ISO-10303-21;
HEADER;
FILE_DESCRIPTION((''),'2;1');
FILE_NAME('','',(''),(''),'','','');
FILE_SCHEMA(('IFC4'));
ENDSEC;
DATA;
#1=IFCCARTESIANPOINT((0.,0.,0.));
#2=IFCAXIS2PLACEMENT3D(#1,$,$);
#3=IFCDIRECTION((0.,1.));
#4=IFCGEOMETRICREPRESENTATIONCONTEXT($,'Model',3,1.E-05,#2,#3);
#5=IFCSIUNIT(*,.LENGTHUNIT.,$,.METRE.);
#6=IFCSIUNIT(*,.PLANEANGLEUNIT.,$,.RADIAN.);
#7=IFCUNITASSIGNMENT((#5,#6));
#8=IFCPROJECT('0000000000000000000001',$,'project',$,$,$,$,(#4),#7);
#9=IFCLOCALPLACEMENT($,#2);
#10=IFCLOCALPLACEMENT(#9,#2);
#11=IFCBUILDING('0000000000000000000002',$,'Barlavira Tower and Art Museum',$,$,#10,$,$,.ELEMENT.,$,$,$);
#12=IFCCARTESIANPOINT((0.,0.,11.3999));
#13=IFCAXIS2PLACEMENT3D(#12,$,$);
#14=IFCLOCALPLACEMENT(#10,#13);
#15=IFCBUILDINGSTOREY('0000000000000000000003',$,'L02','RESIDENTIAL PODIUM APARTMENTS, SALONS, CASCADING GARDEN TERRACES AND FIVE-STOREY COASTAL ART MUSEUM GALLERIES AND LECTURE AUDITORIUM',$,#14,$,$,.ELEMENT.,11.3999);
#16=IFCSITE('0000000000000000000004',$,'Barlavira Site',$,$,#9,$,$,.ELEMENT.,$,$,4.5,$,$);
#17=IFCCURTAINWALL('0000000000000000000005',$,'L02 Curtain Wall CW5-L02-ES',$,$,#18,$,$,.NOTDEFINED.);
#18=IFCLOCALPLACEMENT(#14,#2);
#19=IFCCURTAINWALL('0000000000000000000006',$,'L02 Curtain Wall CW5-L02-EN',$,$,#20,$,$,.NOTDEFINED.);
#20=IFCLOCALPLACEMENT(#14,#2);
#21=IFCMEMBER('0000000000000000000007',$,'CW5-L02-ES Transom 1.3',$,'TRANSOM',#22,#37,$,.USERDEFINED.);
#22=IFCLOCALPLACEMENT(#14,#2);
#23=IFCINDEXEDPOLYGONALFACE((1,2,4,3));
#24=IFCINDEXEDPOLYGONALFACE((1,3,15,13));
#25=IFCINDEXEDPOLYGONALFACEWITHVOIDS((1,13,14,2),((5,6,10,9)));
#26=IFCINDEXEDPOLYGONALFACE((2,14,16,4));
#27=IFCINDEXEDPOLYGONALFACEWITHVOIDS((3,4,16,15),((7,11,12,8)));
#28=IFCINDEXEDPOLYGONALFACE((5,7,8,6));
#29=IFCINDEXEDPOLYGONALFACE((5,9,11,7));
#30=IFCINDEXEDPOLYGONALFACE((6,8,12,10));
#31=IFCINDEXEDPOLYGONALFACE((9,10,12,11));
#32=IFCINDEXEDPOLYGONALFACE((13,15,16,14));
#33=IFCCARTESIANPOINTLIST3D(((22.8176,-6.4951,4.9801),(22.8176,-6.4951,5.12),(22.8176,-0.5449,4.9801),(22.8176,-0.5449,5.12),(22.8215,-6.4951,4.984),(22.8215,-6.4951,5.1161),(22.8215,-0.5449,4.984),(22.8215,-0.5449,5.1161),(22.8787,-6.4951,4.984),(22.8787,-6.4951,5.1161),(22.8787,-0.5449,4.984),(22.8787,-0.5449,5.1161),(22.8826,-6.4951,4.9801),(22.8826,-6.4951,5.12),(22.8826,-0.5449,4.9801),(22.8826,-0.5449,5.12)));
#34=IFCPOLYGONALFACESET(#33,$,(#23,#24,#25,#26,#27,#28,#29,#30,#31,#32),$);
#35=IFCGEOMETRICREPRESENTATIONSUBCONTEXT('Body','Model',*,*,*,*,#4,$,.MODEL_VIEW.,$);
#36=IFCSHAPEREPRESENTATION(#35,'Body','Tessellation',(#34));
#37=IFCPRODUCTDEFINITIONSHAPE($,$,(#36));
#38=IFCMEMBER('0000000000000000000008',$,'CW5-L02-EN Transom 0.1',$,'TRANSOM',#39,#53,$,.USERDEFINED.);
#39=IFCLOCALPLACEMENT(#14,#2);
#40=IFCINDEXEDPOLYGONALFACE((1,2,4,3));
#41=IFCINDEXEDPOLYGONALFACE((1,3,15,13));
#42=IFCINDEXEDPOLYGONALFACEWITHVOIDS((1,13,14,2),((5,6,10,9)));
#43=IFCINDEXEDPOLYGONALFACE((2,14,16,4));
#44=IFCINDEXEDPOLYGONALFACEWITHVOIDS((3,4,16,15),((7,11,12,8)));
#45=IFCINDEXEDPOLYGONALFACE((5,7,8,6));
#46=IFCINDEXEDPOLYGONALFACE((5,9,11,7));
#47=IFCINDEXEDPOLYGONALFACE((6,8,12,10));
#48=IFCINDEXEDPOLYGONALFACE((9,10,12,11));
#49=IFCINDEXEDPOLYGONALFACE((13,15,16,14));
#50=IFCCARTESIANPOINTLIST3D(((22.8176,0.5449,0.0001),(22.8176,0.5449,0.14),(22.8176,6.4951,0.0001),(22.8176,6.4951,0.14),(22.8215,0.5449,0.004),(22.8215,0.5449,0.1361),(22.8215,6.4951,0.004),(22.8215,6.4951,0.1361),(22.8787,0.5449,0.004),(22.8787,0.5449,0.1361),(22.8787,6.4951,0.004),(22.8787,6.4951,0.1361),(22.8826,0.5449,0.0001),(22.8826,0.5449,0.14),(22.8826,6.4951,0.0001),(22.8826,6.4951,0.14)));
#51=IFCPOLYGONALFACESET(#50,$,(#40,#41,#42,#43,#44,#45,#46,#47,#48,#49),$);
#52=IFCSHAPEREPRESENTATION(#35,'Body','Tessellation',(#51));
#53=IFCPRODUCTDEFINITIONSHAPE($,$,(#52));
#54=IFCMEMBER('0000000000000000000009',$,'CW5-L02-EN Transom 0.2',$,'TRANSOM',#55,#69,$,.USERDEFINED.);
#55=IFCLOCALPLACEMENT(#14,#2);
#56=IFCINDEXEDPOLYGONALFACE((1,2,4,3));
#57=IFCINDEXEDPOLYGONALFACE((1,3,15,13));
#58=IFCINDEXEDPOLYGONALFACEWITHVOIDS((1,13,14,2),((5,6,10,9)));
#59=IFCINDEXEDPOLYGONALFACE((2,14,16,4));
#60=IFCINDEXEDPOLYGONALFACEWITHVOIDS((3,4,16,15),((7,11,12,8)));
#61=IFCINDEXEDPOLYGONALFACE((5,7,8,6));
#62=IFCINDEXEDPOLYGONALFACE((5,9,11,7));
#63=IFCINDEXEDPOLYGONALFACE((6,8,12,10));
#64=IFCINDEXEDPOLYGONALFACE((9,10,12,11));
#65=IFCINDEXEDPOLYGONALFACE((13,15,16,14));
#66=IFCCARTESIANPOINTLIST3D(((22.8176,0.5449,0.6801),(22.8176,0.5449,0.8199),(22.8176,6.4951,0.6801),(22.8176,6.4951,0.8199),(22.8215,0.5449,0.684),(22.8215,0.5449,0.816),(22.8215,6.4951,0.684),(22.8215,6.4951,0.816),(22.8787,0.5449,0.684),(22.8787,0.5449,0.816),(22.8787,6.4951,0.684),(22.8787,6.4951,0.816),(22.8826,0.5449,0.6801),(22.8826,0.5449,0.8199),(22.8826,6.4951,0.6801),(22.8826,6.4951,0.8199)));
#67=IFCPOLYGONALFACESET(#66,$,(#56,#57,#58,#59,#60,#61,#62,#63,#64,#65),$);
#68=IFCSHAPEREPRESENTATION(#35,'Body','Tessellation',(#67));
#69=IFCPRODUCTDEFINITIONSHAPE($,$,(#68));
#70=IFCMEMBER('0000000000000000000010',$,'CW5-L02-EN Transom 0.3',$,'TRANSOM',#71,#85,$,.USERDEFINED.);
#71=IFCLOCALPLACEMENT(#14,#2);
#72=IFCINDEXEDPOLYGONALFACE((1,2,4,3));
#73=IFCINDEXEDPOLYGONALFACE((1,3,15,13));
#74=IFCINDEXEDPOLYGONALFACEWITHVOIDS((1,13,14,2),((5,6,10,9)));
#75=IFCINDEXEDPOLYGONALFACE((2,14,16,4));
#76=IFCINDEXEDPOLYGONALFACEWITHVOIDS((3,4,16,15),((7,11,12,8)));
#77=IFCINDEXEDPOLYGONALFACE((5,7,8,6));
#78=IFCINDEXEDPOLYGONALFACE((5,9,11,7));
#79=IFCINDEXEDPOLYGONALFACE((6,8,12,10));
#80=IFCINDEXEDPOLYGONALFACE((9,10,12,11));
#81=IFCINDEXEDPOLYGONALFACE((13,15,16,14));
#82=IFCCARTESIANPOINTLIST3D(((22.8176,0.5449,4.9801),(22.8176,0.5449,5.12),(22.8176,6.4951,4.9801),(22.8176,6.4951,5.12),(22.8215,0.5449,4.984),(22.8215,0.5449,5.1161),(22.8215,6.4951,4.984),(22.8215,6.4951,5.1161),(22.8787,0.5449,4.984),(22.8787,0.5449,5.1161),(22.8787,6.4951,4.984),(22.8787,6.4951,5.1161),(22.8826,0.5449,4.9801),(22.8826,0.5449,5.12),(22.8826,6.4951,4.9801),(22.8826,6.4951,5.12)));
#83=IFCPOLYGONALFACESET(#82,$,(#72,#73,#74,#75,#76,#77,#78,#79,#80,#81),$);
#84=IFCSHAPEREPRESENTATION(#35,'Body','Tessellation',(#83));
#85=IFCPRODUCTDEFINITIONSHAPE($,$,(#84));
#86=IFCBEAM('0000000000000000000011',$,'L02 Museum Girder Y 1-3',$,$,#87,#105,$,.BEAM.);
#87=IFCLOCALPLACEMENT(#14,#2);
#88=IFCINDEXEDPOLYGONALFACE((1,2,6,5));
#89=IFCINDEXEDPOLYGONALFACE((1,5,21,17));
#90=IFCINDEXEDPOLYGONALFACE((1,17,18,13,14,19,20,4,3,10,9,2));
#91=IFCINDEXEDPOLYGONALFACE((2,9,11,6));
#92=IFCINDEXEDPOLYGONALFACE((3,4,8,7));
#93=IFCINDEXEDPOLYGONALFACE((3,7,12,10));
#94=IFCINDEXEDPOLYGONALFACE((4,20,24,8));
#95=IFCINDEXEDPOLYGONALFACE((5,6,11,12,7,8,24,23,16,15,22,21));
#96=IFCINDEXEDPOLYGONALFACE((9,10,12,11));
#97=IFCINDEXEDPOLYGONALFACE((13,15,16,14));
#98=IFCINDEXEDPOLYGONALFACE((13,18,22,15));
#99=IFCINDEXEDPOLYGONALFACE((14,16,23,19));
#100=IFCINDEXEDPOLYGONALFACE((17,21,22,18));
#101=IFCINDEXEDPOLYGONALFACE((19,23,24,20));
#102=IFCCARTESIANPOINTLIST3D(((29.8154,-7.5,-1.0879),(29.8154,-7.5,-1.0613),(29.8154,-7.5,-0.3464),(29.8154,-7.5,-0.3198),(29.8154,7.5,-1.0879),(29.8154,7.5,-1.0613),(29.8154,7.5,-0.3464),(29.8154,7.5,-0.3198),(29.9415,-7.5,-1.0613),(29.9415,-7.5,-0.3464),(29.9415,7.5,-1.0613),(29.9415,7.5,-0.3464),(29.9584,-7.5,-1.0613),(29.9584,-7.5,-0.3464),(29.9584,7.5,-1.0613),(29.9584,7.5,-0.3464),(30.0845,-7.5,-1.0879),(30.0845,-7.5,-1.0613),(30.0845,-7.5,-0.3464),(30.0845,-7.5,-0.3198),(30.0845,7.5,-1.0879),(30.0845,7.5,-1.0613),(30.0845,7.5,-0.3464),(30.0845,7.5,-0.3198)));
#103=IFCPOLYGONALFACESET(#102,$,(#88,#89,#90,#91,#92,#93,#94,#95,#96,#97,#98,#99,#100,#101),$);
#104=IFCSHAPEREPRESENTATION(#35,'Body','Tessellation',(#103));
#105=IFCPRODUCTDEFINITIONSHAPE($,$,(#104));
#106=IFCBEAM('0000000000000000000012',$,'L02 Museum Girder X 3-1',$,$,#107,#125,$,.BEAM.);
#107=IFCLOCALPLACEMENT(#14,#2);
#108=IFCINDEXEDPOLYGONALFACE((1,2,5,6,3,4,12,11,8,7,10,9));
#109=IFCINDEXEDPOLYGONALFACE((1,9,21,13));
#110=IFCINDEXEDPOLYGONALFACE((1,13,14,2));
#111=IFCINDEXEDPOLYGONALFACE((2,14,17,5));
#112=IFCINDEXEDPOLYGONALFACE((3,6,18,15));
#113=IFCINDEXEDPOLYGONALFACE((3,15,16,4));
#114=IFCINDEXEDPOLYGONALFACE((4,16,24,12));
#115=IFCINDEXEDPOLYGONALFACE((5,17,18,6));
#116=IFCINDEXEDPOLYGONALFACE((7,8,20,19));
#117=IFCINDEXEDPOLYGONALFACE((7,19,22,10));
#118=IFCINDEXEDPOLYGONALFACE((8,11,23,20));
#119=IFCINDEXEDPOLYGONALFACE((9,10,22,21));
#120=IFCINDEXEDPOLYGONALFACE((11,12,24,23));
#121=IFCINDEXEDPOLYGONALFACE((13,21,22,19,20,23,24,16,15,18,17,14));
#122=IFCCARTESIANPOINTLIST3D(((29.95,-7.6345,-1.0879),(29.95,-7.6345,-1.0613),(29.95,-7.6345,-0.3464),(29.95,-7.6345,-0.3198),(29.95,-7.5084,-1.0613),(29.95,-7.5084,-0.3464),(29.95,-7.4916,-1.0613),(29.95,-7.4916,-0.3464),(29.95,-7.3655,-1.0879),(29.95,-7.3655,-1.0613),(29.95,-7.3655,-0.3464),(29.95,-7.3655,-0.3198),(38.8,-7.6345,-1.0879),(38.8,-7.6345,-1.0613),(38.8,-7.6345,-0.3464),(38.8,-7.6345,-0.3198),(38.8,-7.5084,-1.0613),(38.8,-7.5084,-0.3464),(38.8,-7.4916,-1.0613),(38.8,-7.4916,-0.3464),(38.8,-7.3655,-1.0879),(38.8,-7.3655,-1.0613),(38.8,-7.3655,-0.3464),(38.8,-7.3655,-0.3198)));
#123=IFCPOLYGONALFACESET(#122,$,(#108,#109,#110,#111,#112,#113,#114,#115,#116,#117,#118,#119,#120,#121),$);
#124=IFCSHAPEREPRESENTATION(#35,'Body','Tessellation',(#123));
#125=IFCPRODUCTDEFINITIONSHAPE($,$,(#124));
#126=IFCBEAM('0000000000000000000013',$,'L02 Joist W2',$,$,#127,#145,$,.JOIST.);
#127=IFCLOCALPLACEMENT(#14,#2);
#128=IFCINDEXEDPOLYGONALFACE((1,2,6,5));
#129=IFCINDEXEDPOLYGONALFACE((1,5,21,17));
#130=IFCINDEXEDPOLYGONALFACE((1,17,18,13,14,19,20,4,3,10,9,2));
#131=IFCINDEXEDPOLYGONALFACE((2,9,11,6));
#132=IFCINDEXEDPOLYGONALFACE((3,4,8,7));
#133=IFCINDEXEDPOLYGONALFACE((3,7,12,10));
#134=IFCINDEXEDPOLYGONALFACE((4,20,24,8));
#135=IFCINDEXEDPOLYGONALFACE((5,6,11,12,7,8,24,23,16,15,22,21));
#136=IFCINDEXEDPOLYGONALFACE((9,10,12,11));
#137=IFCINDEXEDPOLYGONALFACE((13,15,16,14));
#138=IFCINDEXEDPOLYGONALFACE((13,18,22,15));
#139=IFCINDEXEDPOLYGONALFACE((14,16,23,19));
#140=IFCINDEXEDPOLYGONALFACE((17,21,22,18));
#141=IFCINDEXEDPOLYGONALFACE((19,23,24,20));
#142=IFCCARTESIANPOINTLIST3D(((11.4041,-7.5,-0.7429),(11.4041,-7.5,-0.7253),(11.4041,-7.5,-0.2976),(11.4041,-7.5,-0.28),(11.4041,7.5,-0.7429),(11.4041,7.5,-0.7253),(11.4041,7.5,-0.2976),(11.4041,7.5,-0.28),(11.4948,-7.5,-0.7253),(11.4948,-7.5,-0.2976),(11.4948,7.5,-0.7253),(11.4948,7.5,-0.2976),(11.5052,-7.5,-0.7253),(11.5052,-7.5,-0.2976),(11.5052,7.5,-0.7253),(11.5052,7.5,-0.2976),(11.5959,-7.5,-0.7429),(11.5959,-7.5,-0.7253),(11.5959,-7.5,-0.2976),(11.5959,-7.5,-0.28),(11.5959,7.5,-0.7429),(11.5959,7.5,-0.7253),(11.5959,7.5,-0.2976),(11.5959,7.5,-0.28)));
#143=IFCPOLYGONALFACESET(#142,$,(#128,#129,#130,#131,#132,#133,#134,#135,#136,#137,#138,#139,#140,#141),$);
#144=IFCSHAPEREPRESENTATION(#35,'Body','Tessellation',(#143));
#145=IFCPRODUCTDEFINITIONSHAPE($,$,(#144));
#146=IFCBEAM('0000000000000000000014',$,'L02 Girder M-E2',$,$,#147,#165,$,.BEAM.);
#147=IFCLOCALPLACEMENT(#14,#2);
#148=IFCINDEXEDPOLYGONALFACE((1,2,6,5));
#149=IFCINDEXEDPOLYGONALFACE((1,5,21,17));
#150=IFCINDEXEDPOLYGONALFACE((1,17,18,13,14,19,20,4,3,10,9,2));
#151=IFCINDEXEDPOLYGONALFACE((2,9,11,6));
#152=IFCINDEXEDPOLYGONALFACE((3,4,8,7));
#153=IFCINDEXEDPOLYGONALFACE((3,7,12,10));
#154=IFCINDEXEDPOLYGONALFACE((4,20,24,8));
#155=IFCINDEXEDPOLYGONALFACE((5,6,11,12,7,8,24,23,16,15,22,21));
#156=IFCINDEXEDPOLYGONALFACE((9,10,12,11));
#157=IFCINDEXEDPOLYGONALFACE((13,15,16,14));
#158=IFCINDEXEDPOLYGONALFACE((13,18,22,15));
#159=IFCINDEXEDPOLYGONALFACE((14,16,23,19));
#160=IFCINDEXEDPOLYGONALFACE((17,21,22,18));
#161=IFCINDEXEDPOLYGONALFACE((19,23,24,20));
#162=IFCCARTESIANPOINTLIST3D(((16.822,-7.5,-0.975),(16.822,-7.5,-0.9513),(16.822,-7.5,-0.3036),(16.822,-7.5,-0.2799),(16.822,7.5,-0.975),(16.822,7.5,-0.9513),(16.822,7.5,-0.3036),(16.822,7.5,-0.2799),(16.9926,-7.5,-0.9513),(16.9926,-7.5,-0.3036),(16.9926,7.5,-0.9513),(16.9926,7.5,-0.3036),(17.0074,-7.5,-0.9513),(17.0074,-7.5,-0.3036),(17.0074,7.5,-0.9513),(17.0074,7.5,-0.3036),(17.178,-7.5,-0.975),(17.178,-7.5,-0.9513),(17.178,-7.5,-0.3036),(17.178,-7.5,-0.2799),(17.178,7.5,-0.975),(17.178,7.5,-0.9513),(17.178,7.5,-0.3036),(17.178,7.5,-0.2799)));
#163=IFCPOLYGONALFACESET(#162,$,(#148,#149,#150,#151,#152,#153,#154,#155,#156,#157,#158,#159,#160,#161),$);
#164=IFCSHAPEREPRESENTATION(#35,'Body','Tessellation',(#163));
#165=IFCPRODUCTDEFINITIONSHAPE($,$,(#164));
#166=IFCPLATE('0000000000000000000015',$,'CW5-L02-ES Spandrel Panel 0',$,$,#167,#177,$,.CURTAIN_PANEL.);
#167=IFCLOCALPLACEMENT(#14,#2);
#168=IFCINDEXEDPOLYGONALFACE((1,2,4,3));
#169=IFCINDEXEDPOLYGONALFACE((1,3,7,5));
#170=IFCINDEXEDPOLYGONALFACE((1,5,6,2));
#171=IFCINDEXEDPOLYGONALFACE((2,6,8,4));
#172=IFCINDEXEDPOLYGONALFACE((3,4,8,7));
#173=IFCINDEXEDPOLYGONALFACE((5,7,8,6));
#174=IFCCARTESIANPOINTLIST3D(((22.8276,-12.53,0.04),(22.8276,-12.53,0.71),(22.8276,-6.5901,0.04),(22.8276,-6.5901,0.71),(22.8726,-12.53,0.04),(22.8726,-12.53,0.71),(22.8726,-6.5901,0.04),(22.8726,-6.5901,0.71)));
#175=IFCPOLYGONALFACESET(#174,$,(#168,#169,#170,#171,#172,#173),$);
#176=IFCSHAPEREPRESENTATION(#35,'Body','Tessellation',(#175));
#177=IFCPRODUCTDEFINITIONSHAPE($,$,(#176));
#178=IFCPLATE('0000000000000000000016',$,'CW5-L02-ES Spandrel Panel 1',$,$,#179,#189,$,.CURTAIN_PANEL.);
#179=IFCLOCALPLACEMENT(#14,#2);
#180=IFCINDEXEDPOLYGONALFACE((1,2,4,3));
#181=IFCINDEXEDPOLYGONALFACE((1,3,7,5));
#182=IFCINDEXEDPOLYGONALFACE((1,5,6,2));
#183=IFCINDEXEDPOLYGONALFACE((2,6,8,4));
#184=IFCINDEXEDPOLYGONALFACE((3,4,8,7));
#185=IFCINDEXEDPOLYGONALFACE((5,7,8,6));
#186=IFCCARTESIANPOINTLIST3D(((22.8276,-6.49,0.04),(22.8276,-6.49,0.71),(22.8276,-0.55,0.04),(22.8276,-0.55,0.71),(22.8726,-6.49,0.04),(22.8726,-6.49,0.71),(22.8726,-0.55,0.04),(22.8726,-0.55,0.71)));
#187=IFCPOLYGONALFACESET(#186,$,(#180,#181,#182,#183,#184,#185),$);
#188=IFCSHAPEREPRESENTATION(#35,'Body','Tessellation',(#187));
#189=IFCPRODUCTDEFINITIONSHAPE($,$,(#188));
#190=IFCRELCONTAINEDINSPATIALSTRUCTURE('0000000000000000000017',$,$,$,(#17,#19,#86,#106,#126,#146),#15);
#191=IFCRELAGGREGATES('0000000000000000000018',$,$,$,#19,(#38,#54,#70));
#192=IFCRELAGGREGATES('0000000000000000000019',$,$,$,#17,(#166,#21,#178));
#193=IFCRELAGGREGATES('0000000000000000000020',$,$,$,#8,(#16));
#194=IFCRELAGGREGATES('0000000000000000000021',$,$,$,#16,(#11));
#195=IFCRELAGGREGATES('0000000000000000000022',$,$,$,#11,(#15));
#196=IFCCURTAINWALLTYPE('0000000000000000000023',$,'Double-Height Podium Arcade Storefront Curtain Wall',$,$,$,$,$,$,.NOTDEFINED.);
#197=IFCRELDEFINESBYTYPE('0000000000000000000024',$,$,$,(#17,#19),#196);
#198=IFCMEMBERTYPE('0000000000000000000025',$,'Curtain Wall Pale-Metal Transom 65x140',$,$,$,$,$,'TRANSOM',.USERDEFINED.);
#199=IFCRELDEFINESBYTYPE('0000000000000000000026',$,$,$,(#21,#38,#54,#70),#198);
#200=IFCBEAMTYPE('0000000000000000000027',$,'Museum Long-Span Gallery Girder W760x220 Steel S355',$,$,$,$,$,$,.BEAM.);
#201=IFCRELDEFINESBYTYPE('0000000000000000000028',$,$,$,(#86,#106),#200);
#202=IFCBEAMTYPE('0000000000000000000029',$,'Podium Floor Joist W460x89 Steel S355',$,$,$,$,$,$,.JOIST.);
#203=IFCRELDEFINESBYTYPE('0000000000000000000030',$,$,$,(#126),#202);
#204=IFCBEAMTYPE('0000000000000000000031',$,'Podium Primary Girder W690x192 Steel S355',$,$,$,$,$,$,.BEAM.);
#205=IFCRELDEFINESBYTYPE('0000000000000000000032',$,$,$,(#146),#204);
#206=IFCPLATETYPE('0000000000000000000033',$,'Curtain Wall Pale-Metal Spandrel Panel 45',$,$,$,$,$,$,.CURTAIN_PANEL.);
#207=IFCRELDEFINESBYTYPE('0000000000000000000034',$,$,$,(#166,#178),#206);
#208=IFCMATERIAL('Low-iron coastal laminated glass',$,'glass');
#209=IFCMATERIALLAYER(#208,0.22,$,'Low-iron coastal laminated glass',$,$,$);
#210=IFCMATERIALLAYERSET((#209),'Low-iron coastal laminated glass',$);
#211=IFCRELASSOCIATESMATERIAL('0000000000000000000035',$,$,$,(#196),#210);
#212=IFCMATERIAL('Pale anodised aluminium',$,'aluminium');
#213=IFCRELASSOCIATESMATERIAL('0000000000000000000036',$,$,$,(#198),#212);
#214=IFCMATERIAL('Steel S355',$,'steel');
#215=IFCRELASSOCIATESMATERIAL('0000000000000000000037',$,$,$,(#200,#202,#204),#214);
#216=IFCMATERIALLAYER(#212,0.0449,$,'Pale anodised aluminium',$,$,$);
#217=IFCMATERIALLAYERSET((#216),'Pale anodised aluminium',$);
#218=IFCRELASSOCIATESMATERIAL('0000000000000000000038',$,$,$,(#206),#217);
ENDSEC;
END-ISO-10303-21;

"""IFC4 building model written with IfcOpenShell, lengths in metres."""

from ifc_helpers import new_model, si_unit, direction, frame, origin, origin_2d, place, context, subcontext, project, spatial, rectangle, hollow_rectangle, i_section, extrude, material, layer, layer_set, material_profile, profile_set, type_object, element, aggregate, save


model = new_model("IFC4")

# Units and contexts
model_context = context("Model", 3, precision=1e-05, world=origin(), true_north=direction((0.0, 1.0)))
body_context = subcontext(model_context, "Body", "Model", "MODEL_VIEW")
ifc_project = project(units=[si_unit("LENGTHUNIT", "METRE"), si_unit("PLANEANGLEUNIT", "RADIAN")], contexts=[model_context])

# Site, building, storey
site_placement = place(None, origin())
site = spatial("IfcSite", under=ifc_project, at=site_placement, Name="Barlavira Site", CompositionType="ELEMENT", RefElevation=4.5)
building_placement = place(site_placement, origin())
building = spatial("IfcBuilding", under=site, at=building_placement, Name="Barlavira Tower and Art Museum", CompositionType="ELEMENT")
storey_placement = place(building_placement, frame((0.0, 0.0, 11.3999)))
storey = spatial("IfcBuildingStorey", under=building, at=storey_placement, Name="L02", Description="RESIDENTIAL PODIUM APARTMENTS, SALONS, CASCADING GARDEN TERRACES AND FIVE-STOREY COASTAL ART MUSEUM GALLERIES AND LECTURE AUDITORIUM", CompositionType="ELEMENT", Elevation=11.3999)

# Shared definitions
ifc_material_1 = material(Name="Steel S355", Category="steel")

# Curtain wall
ifc_material_2 = material(Name="Low-iron coastal laminated glass", Category="glass")
ifc_layer_1 = layer(ifc_material_2, 0.22, Name="Low-iron coastal laminated glass")
ifc_layer_set_1 = layer_set([ifc_layer_1], Name="Low-iron coastal laminated glass")
curtain_wall_type = type_object("IfcCurtainWallType", Name="Double-Height Podium Arcade Storefront Curtain Wall", PredefinedType="NOTDEFINED", material=ifc_layer_set_1)
curtain_wall_1_placement = place(storey_placement, origin())
curtain_wall_1 = element("IfcCurtainWall", 1, at=curtain_wall_1_placement, inside=storey, type_object=curtain_wall_type, Name="L02 Curtain Wall CW5-L02-ES", PredefinedType="NOTDEFINED")
ifc_material_3 = material(Name="Pale anodised aluminium", Category="aluminium")

# Curtain wall
curtain_wall_2_placement = place(storey_placement, origin())
curtain_wall_2 = element("IfcCurtainWall", 2, at=curtain_wall_2_placement, inside=storey, type_object=curtain_wall_type, Name="L02 Curtain Wall CW5-L02-EN", PredefinedType="NOTDEFINED")

# Members
ifc_material_profile_1 = material_profile(ifc_material_3, hollow_rectangle(XDim=0.0649, YDim=0.1399, WallThickness=0.0039, at=origin_2d()), Name="ALU-TRAN 65x140x4")
ifc_profile_set_1 = profile_set([ifc_material_profile_1], Name="Pale anodised aluminium")
member_type_1 = type_object("IfcMemberType", Name="Curtain Wall Pale-Metal Transom 65x140", ElementType="TRANSOM", PredefinedType="USERDEFINED", material=ifc_profile_set_1)
member_1_placement = place(storey_placement, frame((22.8501, -6.4951, 5.05), z_axis=(0.0, 1.0, 0.0), x_axis=(-1.0, 0.0, 0.0)))
member_1 = element("IfcMember", 3, at=member_1_placement, type_object=member_type_1, Name="CW5-L02-ES Transom 1.3", ObjectType="TRANSOM", PredefinedType="USERDEFINED", context=body_context, shape_type="SweptSolid", body=[
    extrude(hollow_rectangle(XDim=0.0649, YDim=0.1399, WallThickness=0.0039, at=origin_2d()), origin(), (0.0, 0.0, 1.0), 5.9502),
])
member_2_placement = place(storey_placement, frame((22.8501, 0.5449, 0.0701), z_axis=(0.0, 1.0, 0.0), x_axis=(-1.0, 0.0, 0.0)))
member_2 = element("IfcMember", 4, at=member_2_placement, type_object=member_type_1, Name="CW5-L02-EN Transom 0.1", ObjectType="TRANSOM", PredefinedType="USERDEFINED", context=body_context, shape_type="SweptSolid", body=[
    extrude(hollow_rectangle(XDim=0.0649, YDim=0.1399, WallThickness=0.0039, at=origin_2d()), origin(), (0.0, 0.0, 1.0), 5.9502),
])
member_3_placement = place(storey_placement, frame((22.8501, 0.5449, 0.75), z_axis=(0.0, 1.0, 0.0), x_axis=(-1.0, 0.0, 0.0)))
member_3 = element("IfcMember", 5, at=member_3_placement, type_object=member_type_1, Name="CW5-L02-EN Transom 0.2", ObjectType="TRANSOM", PredefinedType="USERDEFINED", context=body_context, shape_type="SweptSolid", body=[
    extrude(hollow_rectangle(XDim=0.0649, YDim=0.1399, WallThickness=0.0039, at=origin_2d()), origin(), (0.0, 0.0, 1.0), 5.9502),
])
member_4_placement = place(storey_placement, frame((22.8501, 0.5449, 5.05), z_axis=(0.0, 1.0, 0.0), x_axis=(-1.0, 0.0, 0.0)))
member_4 = element("IfcMember", 6, at=member_4_placement, type_object=member_type_1, Name="CW5-L02-EN Transom 0.3", ObjectType="TRANSOM", PredefinedType="USERDEFINED", context=body_context, shape_type="SweptSolid", body=[
    extrude(hollow_rectangle(XDim=0.0649, YDim=0.1399, WallThickness=0.0039, at=origin_2d()), origin(), (0.0, 0.0, 1.0), 5.9502),
])
aggregate(curtain_wall_2, [member_2, member_3, member_4])

# Beams
ifc_material_profile_2 = material_profile(ifc_material_1, i_section(OverallWidth=0.269, OverallDepth=0.7681, WebThickness=0.0168, FlangeThickness=0.0266, at=origin_2d()), Name="W760x220.0")
ifc_profile_set_2 = profile_set([ifc_material_profile_2], Name="Steel S355")
beam_type_1 = type_object("IfcBeamType", Name="Museum Long-Span Gallery Girder W760x220 Steel S355", PredefinedType="BEAM", material=ifc_profile_set_2)
beam_1_placement = place(storey_placement, frame((29.95, -7.5, -0.7039), z_axis=(0.0, 1.0, 0.0), x_axis=(-1.0, 0.0, 0.0)))
element("IfcBeam", 7, at=beam_1_placement, inside=storey, type_object=beam_type_1, Name="L02 Museum Girder Y 1-3", PredefinedType="BEAM", context=body_context, shape_type="SweptSolid", body=[
    extrude(i_section(OverallWidth=0.269, OverallDepth=0.7681, WebThickness=0.0168, FlangeThickness=0.0266, at=origin_2d()), origin(), (0.0, 0.0, 1.0), 15.0),
])
beam_2_placement = place(storey_placement, frame((29.95, -7.5, -0.7039), z_axis=(1.0, 0.0, 0.0), x_axis=(0.0, 1.0, 0.0)))
element("IfcBeam", 8, at=beam_2_placement, inside=storey, type_object=beam_type_1, Name="L02 Museum Girder X 3-1", PredefinedType="BEAM", context=body_context, shape_type="SweptSolid", body=[
    extrude(i_section(OverallWidth=0.269, OverallDepth=0.7681, WebThickness=0.0168, FlangeThickness=0.0266, at=origin_2d()), origin(), (0.0, 0.0, 1.0), 8.8501),
])
ifc_material_profile_3 = material_profile(ifc_material_1, i_section(OverallWidth=0.1919, OverallDepth=0.4629, WebThickness=0.0105, FlangeThickness=0.0176, at=origin_2d()), Name="W460x89.0")
ifc_profile_set_3 = profile_set([ifc_material_profile_3], Name="Steel S355")
beam_type_2 = type_object("IfcBeamType", Name="Podium Floor Joist W460x89 Steel S355", PredefinedType="JOIST", material=ifc_profile_set_3)
beam_3_placement = place(storey_placement, frame((11.5, -7.5, -0.5115), z_axis=(0.0, 1.0, 0.0), x_axis=(-1.0, 0.0, 0.0)))
element("IfcBeam", 9, at=beam_3_placement, inside=storey, type_object=beam_type_2, Name="L02 Joist W2", PredefinedType="JOIST", context=body_context, shape_type="SweptSolid", body=[
    extrude(i_section(OverallWidth=0.1919, OverallDepth=0.4629, WebThickness=0.0105, FlangeThickness=0.0176, at=origin_2d()), origin(), (0.0, 0.0, 1.0), 15.0),
])
ifc_material_profile_4 = material_profile(ifc_material_1, i_section(OverallWidth=0.356, OverallDepth=0.6951, WebThickness=0.0149, FlangeThickness=0.0237, at=origin_2d()), Name="W690x192.0")
ifc_profile_set_4 = profile_set([ifc_material_profile_4], Name="Steel S355")
beam_type_3 = type_object("IfcBeamType", Name="Podium Primary Girder W690x192 Steel S355", PredefinedType="BEAM", material=ifc_profile_set_4)
beam_4_placement = place(storey_placement, frame((17.0, -7.5, -0.6274), z_axis=(0.0, 1.0, 0.0), x_axis=(-1.0, 0.0, 0.0)))
element("IfcBeam", 10, at=beam_4_placement, inside=storey, type_object=beam_type_3, Name="L02 Girder M-E2", PredefinedType="BEAM", context=body_context, shape_type="SweptSolid", body=[
    extrude(i_section(OverallWidth=0.356, OverallDepth=0.6951, WebThickness=0.0149, FlangeThickness=0.0237, at=origin_2d()), origin(), (0.0, 0.0, 1.0), 15.0),
])

# Plates
ifc_layer_2 = layer(ifc_material_3, 0.0449, Name="Pale anodised aluminium")
ifc_layer_set_2 = layer_set([ifc_layer_2], Name="Pale anodised aluminium")
plate_type_1 = type_object("IfcPlateType", Name="Curtain Wall Pale-Metal Spandrel Panel 45", PredefinedType="CURTAIN_PANEL", material=ifc_layer_set_2)
plate_1_placement = place(storey_placement, frame((22.8501, -9.5601, 0.04), z_axis=(0.0, 0.0, 1.0), x_axis=(0.0, 1.0, 0.0)))
plate_1 = element("IfcPlate", 11, at=plate_1_placement, type_object=plate_type_1, Name="CW5-L02-ES Spandrel Panel 0", PredefinedType="CURTAIN_PANEL", context=body_context, shape_type="SweptSolid", body=[
    extrude(rectangle(XDim=5.9399, YDim=0.0449, at=origin_2d()), origin(), (0.0, 0.0, 1.0), 0.6699),
])
plate_2_placement = place(storey_placement, frame((22.8501, -3.52, 0.04), z_axis=(0.0, 0.0, 1.0), x_axis=(0.0, 1.0, 0.0)))
plate_2 = element("IfcPlate", 12, at=plate_2_placement, type_object=plate_type_1, Name="CW5-L02-ES Spandrel Panel 1", PredefinedType="CURTAIN_PANEL", context=body_context, shape_type="SweptSolid", body=[
    extrude(rectangle(XDim=5.9399, YDim=0.0449, at=origin_2d()), origin(), (0.0, 0.0, 1.0), 0.6699),
])
aggregate(curtain_wall_1, [plate_1, member_1, plate_2])

save(model, "model.ifc")
